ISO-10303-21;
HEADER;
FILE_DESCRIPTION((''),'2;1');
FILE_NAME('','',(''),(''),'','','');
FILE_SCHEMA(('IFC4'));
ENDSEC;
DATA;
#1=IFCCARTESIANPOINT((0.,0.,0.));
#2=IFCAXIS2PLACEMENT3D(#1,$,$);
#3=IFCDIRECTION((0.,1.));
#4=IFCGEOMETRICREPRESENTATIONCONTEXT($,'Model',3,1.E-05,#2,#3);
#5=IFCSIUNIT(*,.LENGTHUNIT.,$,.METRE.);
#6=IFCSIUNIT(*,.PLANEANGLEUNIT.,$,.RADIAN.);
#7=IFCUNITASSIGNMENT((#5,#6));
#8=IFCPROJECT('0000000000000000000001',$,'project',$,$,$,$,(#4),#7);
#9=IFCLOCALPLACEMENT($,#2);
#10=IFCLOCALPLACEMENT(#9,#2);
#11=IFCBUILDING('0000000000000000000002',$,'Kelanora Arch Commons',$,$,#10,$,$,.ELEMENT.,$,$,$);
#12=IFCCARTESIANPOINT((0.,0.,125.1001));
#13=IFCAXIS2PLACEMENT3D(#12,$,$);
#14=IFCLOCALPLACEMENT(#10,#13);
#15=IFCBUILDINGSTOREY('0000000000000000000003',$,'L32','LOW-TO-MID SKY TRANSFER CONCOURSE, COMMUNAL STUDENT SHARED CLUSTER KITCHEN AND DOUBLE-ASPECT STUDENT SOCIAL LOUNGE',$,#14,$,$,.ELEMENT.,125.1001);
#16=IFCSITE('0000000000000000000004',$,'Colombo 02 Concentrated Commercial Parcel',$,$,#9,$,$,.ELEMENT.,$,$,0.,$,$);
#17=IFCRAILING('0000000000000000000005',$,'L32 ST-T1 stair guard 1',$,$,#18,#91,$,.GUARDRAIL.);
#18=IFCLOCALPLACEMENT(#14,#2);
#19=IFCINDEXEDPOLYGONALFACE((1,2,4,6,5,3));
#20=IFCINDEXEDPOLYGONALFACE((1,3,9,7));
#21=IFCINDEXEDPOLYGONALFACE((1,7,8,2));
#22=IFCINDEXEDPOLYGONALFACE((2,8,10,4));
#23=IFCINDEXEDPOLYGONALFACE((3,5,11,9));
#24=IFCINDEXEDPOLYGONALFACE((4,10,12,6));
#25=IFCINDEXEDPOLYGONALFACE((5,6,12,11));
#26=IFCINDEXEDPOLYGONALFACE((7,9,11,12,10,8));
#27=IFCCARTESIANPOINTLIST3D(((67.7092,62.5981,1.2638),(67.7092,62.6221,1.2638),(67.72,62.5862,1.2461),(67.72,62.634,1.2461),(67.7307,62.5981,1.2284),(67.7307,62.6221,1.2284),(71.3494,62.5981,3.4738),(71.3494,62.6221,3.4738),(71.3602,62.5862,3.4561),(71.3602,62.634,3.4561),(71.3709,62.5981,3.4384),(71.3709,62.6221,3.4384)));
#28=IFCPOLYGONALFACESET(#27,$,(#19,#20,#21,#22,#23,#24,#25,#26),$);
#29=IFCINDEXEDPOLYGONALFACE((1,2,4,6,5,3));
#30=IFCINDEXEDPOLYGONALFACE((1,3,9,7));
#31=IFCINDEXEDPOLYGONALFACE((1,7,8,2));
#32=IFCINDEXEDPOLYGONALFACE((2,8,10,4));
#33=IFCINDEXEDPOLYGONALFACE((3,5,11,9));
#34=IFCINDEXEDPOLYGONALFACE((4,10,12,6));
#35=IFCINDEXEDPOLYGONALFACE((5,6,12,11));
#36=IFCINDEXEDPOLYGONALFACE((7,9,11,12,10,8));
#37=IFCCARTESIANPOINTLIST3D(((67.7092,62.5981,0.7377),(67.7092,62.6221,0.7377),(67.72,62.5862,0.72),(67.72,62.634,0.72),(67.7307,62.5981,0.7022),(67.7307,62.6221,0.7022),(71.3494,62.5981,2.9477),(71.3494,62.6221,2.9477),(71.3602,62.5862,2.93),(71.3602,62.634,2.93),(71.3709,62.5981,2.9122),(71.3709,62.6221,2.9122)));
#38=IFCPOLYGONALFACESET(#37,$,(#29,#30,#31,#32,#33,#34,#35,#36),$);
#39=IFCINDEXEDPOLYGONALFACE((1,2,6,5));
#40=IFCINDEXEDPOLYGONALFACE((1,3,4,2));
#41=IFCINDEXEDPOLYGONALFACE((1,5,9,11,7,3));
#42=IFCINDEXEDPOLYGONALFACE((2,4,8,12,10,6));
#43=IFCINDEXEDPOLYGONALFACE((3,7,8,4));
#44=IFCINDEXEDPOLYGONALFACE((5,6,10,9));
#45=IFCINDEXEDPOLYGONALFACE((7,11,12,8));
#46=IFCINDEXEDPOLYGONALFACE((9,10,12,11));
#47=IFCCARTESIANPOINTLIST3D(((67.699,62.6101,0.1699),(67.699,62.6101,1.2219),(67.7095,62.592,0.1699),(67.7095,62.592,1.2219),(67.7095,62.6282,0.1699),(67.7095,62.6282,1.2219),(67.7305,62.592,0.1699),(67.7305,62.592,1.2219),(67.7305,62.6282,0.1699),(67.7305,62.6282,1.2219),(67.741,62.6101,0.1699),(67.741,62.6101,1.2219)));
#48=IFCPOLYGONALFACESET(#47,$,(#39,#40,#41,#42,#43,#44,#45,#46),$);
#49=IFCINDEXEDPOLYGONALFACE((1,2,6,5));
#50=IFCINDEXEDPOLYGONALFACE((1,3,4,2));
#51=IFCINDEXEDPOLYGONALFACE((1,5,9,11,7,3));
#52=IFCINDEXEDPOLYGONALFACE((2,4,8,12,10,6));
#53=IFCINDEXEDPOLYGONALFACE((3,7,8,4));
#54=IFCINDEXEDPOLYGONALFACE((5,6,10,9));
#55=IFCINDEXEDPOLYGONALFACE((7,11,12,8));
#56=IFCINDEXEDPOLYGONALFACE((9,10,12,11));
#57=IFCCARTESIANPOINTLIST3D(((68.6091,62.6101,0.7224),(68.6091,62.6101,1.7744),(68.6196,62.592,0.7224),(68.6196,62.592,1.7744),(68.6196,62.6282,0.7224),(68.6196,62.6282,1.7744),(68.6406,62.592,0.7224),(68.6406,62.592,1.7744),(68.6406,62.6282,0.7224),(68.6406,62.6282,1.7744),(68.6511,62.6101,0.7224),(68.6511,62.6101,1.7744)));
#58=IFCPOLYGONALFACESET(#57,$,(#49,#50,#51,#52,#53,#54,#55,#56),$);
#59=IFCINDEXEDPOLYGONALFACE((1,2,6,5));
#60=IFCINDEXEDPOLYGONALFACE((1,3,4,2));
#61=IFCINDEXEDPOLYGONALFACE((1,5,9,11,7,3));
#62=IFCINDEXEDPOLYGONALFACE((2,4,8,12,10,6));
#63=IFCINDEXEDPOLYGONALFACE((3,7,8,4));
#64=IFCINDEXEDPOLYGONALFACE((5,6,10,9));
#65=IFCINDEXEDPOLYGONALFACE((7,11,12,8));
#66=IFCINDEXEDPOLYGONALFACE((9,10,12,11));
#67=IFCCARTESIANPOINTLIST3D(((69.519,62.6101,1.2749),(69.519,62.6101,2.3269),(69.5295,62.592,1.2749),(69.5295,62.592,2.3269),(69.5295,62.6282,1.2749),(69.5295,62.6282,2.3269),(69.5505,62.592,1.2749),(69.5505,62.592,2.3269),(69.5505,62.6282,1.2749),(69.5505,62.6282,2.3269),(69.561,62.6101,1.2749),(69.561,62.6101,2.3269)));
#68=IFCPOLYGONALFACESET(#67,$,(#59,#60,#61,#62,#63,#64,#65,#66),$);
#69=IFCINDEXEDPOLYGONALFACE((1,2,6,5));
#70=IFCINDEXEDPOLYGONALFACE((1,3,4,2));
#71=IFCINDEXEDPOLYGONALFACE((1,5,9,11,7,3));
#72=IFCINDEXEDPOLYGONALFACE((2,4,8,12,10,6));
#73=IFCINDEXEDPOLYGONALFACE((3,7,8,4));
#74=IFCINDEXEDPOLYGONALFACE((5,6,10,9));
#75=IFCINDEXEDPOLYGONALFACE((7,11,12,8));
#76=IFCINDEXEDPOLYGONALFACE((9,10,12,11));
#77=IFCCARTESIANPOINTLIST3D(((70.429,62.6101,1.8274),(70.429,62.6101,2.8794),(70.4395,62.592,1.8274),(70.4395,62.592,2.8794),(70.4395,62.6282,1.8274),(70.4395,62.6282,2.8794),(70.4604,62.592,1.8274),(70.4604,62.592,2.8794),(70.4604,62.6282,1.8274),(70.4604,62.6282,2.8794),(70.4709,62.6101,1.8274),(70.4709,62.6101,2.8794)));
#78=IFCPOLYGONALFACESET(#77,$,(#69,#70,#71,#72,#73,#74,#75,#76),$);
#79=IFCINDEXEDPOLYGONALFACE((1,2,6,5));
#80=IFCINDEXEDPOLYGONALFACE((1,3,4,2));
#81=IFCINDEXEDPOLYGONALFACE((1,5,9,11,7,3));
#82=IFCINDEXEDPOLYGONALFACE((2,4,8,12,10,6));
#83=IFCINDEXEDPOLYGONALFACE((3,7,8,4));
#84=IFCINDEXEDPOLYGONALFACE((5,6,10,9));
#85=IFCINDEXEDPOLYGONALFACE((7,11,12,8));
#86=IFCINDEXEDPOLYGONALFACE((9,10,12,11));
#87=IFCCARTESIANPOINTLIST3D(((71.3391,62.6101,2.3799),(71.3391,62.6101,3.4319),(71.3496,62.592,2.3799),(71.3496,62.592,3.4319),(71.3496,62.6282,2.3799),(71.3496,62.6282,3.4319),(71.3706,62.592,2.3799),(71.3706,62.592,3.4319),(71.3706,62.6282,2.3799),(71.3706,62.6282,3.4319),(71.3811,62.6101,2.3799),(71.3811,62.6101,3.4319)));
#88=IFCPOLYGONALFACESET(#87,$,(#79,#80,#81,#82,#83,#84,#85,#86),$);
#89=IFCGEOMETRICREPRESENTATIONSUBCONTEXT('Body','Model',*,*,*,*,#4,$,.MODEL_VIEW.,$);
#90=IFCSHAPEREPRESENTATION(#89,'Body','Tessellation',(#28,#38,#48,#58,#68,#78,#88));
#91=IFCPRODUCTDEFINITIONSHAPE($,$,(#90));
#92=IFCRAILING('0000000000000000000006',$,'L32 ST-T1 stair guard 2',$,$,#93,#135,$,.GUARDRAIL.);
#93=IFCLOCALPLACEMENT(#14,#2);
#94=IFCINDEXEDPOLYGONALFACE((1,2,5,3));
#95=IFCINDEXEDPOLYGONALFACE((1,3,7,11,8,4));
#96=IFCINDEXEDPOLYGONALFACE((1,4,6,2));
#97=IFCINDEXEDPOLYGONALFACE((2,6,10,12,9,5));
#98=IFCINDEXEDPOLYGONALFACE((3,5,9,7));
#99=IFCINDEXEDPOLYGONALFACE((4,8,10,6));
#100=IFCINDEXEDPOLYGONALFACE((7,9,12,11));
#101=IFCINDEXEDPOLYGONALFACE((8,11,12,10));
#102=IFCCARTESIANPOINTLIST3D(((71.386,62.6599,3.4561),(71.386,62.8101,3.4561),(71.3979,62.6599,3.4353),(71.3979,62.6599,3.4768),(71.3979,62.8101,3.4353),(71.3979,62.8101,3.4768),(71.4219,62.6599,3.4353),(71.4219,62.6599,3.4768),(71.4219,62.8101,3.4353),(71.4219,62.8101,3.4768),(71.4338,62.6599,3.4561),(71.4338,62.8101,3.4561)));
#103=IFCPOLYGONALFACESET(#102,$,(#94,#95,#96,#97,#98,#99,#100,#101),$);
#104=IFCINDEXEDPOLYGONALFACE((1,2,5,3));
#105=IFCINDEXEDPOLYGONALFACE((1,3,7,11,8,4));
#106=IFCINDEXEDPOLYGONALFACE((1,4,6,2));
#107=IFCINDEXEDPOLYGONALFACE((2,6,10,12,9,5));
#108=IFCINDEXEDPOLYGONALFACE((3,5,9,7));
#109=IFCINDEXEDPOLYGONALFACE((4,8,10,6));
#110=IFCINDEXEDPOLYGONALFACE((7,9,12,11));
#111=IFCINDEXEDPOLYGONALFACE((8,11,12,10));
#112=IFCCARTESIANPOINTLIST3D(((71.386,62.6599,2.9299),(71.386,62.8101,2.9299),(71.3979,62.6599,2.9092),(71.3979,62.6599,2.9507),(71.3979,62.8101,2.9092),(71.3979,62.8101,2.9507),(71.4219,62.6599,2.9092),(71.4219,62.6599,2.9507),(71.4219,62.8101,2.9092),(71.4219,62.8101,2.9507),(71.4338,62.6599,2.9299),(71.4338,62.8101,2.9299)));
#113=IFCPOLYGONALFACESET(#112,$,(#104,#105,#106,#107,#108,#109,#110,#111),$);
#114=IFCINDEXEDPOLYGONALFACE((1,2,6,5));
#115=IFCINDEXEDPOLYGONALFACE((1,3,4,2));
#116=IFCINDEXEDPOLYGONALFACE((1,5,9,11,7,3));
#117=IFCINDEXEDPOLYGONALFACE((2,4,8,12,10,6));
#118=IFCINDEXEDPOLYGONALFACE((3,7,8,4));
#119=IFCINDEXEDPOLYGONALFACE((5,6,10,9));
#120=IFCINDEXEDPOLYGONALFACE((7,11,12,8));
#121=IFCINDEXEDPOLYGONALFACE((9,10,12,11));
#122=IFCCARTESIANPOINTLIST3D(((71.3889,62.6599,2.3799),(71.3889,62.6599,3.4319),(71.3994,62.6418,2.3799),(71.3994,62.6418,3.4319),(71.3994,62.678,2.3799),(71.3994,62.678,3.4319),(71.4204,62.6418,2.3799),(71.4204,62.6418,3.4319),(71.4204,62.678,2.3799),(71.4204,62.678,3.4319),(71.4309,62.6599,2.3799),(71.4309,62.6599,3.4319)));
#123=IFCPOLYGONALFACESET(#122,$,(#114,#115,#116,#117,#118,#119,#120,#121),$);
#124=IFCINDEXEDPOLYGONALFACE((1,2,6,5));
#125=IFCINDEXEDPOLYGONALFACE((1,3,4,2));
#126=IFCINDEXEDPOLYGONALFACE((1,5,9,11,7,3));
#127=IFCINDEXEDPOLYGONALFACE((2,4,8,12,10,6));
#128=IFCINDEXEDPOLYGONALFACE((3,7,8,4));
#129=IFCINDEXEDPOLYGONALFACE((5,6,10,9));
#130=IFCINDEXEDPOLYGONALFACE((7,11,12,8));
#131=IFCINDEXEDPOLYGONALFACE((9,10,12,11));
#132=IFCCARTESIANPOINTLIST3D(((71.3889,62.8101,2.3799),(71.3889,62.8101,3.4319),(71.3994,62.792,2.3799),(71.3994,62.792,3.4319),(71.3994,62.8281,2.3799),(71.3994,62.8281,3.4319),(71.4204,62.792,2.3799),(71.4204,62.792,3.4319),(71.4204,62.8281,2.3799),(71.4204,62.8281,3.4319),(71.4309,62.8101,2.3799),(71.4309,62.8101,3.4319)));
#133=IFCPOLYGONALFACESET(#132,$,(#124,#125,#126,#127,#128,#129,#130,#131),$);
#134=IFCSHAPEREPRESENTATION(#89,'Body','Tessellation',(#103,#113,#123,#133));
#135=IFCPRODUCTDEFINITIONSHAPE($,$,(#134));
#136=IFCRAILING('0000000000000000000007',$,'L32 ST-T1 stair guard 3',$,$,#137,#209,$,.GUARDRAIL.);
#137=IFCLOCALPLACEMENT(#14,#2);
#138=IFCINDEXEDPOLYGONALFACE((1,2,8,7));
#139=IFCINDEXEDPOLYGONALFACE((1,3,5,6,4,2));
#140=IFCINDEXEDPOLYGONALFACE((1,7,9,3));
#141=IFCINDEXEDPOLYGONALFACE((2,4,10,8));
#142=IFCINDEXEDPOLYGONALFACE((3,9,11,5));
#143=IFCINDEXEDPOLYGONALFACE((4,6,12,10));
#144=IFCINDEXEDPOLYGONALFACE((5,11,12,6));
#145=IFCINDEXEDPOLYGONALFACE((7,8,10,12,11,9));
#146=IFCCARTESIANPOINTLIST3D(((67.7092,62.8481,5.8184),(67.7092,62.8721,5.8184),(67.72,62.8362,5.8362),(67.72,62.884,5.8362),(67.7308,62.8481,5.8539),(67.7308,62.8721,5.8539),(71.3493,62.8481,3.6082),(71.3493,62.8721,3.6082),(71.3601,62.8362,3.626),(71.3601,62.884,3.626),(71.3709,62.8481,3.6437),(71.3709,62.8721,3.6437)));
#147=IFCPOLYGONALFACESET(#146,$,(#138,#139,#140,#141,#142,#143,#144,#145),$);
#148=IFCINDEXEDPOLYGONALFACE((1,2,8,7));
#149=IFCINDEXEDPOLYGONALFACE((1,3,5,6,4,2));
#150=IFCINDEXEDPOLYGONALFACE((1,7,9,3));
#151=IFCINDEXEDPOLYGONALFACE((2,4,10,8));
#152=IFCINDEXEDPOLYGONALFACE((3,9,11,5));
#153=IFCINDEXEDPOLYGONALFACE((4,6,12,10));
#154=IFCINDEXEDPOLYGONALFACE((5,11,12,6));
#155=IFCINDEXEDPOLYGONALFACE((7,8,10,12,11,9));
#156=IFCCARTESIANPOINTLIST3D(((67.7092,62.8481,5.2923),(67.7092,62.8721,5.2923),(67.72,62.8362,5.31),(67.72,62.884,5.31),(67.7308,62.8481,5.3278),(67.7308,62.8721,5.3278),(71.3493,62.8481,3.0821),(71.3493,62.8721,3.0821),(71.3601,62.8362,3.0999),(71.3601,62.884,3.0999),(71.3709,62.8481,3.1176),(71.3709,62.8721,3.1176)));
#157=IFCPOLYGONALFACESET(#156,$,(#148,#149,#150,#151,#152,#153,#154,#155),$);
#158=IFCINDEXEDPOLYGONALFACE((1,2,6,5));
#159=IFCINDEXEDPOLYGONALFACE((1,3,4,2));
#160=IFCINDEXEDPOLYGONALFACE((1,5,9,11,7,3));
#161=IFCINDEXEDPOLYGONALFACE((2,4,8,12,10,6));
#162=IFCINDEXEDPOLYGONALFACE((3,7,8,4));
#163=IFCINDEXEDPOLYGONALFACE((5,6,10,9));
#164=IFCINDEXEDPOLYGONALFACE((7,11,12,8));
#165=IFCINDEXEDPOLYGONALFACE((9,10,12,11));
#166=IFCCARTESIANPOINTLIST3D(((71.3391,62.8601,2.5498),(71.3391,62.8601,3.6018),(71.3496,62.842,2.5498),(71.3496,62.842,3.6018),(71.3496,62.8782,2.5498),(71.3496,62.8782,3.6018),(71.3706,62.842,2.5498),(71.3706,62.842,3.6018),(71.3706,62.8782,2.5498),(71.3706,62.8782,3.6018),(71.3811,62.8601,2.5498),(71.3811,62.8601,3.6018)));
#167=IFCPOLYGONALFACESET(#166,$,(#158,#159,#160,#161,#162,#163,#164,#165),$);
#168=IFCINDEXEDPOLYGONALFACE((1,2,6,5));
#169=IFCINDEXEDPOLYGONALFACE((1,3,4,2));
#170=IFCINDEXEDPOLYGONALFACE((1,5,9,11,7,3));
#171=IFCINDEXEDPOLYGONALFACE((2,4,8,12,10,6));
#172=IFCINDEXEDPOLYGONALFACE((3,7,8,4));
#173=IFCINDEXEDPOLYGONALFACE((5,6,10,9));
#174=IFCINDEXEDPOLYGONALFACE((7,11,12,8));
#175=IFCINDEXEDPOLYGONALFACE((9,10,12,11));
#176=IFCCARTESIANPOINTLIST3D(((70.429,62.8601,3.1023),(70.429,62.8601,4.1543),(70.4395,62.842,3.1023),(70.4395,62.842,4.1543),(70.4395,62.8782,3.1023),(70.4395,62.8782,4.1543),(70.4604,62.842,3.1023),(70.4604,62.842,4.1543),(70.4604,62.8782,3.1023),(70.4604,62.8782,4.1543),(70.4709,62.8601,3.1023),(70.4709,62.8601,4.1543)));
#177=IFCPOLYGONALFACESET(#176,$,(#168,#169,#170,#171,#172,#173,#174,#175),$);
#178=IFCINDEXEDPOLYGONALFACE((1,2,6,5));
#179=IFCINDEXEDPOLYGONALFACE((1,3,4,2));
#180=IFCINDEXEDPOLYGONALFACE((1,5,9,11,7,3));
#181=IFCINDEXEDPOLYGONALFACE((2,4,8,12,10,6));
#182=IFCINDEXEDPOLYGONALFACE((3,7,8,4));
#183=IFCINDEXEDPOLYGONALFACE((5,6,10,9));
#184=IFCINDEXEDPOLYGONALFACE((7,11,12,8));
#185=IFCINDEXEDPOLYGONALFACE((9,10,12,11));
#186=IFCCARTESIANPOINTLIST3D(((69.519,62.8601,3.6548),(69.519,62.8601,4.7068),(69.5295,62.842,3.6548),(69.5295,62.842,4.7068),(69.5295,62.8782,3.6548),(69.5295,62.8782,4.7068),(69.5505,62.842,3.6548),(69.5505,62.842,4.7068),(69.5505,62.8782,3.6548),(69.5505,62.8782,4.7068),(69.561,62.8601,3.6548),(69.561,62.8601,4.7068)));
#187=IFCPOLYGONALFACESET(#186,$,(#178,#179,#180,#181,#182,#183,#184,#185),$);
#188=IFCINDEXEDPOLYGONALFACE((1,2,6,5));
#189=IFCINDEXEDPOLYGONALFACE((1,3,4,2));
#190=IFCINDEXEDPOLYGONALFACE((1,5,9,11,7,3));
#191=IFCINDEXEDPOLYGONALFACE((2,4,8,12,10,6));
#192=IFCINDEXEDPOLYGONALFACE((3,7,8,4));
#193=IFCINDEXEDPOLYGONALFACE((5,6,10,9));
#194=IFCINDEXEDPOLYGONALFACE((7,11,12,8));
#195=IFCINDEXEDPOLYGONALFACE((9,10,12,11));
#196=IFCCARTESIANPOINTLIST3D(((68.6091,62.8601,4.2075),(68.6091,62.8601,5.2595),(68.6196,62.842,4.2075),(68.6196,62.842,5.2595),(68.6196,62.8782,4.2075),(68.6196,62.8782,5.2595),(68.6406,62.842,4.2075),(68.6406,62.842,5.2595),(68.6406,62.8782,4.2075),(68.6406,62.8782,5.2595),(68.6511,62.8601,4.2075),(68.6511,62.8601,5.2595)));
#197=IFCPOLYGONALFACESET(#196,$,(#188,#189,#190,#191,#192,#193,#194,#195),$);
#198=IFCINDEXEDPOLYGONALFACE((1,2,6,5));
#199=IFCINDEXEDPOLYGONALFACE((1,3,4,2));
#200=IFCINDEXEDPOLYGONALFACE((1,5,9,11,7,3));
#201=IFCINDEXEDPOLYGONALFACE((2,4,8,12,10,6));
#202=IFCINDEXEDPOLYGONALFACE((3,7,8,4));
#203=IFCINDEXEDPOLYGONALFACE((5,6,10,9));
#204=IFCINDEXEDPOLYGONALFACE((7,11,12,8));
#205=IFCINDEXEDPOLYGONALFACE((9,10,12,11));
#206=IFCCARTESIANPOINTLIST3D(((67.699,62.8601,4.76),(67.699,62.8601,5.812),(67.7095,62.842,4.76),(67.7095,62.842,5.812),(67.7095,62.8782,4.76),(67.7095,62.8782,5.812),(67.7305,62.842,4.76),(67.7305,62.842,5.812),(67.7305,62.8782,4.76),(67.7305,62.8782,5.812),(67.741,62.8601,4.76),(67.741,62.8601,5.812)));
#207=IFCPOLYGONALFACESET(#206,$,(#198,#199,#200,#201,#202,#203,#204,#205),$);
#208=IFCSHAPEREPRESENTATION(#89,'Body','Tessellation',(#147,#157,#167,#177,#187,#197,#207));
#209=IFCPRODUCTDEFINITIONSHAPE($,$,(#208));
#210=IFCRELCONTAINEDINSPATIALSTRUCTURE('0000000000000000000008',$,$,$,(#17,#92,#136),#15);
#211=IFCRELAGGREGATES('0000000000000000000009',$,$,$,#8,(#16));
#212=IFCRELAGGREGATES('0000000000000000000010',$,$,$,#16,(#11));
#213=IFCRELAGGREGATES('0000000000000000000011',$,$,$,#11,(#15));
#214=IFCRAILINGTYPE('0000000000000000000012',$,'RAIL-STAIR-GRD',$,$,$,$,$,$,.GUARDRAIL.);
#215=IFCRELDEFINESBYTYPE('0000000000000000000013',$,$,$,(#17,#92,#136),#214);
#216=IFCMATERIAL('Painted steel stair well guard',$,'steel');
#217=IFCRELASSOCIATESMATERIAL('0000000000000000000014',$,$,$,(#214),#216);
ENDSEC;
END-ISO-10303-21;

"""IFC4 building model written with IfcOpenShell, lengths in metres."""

from ifc_helpers import new_model, si_unit, direction, frame, origin, place, context, subcontext, project, spatial, polyline, outline, extrude, material, type_object, element, save


model = new_model("IFC4")

# Units and contexts
model_context = context("Model", 3, precision=1e-05, world=origin(), true_north=direction((0.0, 1.0)))
body_context = subcontext(model_context, "Body", "Model", "MODEL_VIEW")
ifc_project = project(units=[si_unit("LENGTHUNIT", "METRE"), si_unit("PLANEANGLEUNIT", "RADIAN")], contexts=[model_context])

# Site, building, storey
site_placement = place(None, origin())
site = spatial("IfcSite", under=ifc_project, at=site_placement, Name="Colombo 02 Concentrated Commercial Parcel", CompositionType="ELEMENT", RefElevation=0.0)
building_placement = place(site_placement, origin())
building = spatial("IfcBuilding", under=site, at=building_placement, Name="Kelanora Arch Commons", CompositionType="ELEMENT")
storey_placement = place(building_placement, frame((0.0, 0.0, 125.1001)))
storey = spatial("IfcBuildingStorey", under=building, at=storey_placement, Name="L32", Description="LOW-TO-MID SKY TRANSFER CONCOURSE, COMMUNAL STUDENT SHARED CLUSTER KITCHEN AND DOUBLE-ASPECT STUDENT SOCIAL LOUNGE", CompositionType="ELEMENT", Elevation=125.1001)

# Railings
ifc_material_1 = material(Name="Painted steel stair well guard", Category="steel")
railing_type_1 = type_object("IfcRailingType", Name="RAIL-STAIR-GRD", PredefinedType="GUARDRAIL", material=ifc_material_1)
railing_1_placement = place(storey_placement, frame((67.72, 62.6101, 0.1699)))
element("IfcRailing", 1, at=railing_1_placement, inside=storey, type_object=railing_type_1, Name="L32 ST-T1 stair guard 1", PredefinedType="GUARDRAIL", context=body_context, shape_type="SweptSolid", body=[
    extrude(outline(polyline([(0.0239, 0.0), (0.012, 0.0208), (-0.012, 0.0208), (-0.0239, 0.0), (-0.012, -0.0208), (0.012, -0.0208), (0.0239, 0.0)])), frame((0.0, 0.0, 1.0762), z_axis=(0.8548, 0.0, 0.518957), x_axis=(0.0, 1.0, 0.0)), (0.0, 0.0, 1.0), 4.2585),
    extrude(outline(polyline([(0.0239, 0.0), (0.012, 0.0208), (-0.012, 0.0208), (-0.0239, 0.0), (-0.012, -0.0208), (0.012, -0.0208), (0.0239, 0.0)])), frame((0.0, 0.0, 0.55), z_axis=(0.8548, 0.0, 0.518957), x_axis=(0.0, 1.0, 0.0)), (0.0, 0.0, 1.0), 4.2585),
    extrude(outline(polyline([(0.021, 0.0), (0.0105, 0.0181), (-0.0105, 0.0181), (-0.021, 0.0), (-0.0105, -0.0181), (0.0105, -0.0181), (0.021, 0.0)])), origin(), (0.0, 0.0, 1.0), 1.052),
    extrude(outline(polyline([(0.021, 0.0), (0.0105, 0.0181), (-0.0105, 0.0181), (-0.021, 0.0), (-0.0105, -0.0181), (0.0105, -0.0181), (0.021, 0.0)])), frame((0.9102, 0.0, 0.5525)), (0.0, 0.0, 1.0), 1.052),
    extrude(outline(polyline([(0.021, 0.0), (0.0105, 0.0181), (-0.0105, 0.0181), (-0.021, 0.0), (-0.0105, -0.0181), (0.0105, -0.0181), (0.021, 0.0)])), frame((1.8201, 0.0, 1.105)), (0.0, 0.0, 1.0), 1.052),
    extrude(outline(polyline([(0.021, 0.0), (0.0105, 0.0181), (-0.0105, 0.0181), (-0.021, 0.0), (-0.0105, -0.0181), (0.0105, -0.0181), (0.021, 0.0)])), frame((2.73, 0.0, 1.6575)), (0.0, 0.0, 1.0), 1.052),
    extrude(outline(polyline([(0.021, 0.0), (0.0105, 0.0181), (-0.0105, 0.0181), (-0.021, 0.0), (-0.0105, -0.0181), (0.0105, -0.0181), (0.021, 0.0)])), frame((3.6401, 0.0, 2.21)), (0.0, 0.0, 1.0), 1.052),
])
railing_2_placement = place(storey_placement, frame((71.4099, 62.6599, 2.3799)))
element("IfcRailing", 2, at=railing_2_placement, inside=storey, type_object=railing_type_1, Name="L32 ST-T1 stair guard 2", PredefinedType="GUARDRAIL", context=body_context, shape_type="SweptSolid", body=[
    extrude(outline(polyline([(0.0239, 0.0), (0.012, 0.0208), (-0.012, 0.0208), (-0.0239, 0.0), (-0.012, -0.0208), (0.012, -0.0208), (0.0239, 0.0)])), frame((0.0, 0.0, 1.0762), z_axis=(0.0, 1.0, 0.0), x_axis=(-1.0, 0.0, 0.0)), (0.0, 0.0, 1.0), 0.1501),
    extrude(outline(polyline([(0.0239, 0.0), (0.012, 0.0208), (-0.012, 0.0208), (-0.0239, 0.0), (-0.012, -0.0208), (0.012, -0.0208), (0.0239, 0.0)])), frame((0.0, 0.0, 0.55), z_axis=(0.0, 1.0, 0.0), x_axis=(-1.0, 0.0, 0.0)), (0.0, 0.0, 1.0), 0.1501),
    extrude(outline(polyline([(0.021, 0.0), (0.0105, 0.0181), (-0.0105, 0.0181), (-0.021, 0.0), (-0.0105, -0.0181), (0.0105, -0.0181), (0.021, 0.0)])), origin(), (0.0, 0.0, 1.0), 1.052),
    extrude(outline(polyline([(0.021, 0.0), (0.0105, 0.0181), (-0.0105, 0.0181), (-0.021, 0.0), (-0.0105, -0.0181), (0.0105, -0.0181), (0.021, 0.0)])), frame((0.0, 0.1501, 0.0)), (0.0, 0.0, 1.0), 1.052),
])
railing_3_placement = place(storey_placement, frame((71.3601, 62.8601, 2.5498)))
element("IfcRailing", 3, at=railing_3_placement, inside=storey, type_object=railing_type_1, Name="L32 ST-T1 stair guard 3", PredefinedType="GUARDRAIL", context=body_context, shape_type="SweptSolid", body=[
    extrude(outline(polyline([(0.0239, 0.0), (0.012, 0.0208), (-0.012, 0.0208), (-0.0239, 0.0), (-0.012, -0.0208), (0.012, -0.0208), (0.0239, 0.0)])), frame((0.0, 0.0, 1.0762), z_axis=(-0.854775, 0.0, 0.518999), x_axis=(0.0, -1.0, 0.0)), (0.0, 0.0, 1.0), 4.2585),
    extrude(outline(polyline([(0.0239, 0.0), (0.012, 0.0208), (-0.012, 0.0208), (-0.0239, 0.0), (-0.012, -0.0208), (0.012, -0.0208), (0.0239, 0.0)])), frame((0.0, 0.0, 0.55), z_axis=(-0.854775, 0.0, 0.518999), x_axis=(0.0, -1.0, 0.0)), (0.0, 0.0, 1.0), 4.2585),
    extrude(outline(polyline([(0.021, 0.0), (0.0105, 0.0181), (-0.0105, 0.0181), (-0.021, 0.0), (-0.0105, -0.0181), (0.0105, -0.0181), (0.021, 0.0)])), origin(), (0.0, 0.0, 1.0), 1.052),
    extrude(outline(polyline([(0.021, 0.0), (0.0105, 0.0181), (-0.0105, 0.0181), (-0.021, 0.0), (-0.0105, -0.0181), (0.0105, -0.0181), (0.021, 0.0)])), frame((-0.9102, 0.0, 0.5525)), (0.0, 0.0, 1.0), 1.052),
    extrude(outline(polyline([(0.021, 0.0), (0.0105, 0.0181), (-0.0105, 0.0181), (-0.021, 0.0), (-0.0105, -0.0181), (0.0105, -0.0181), (0.021, 0.0)])), frame((-1.8201, 0.0, 1.105)), (0.0, 0.0, 1.0), 1.052),
    extrude(outline(polyline([(0.021, 0.0), (0.0105, 0.0181), (-0.0105, 0.0181), (-0.021, 0.0), (-0.0105, -0.0181), (0.0105, -0.0181), (0.021, 0.0)])), frame((-2.73, 0.0, 1.6577)), (0.0, 0.0, 1.0), 1.052),
    extrude(outline(polyline([(0.021, 0.0), (0.0105, 0.0181), (-0.0105, 0.0181), (-0.021, 0.0), (-0.0105, -0.0181), (0.0105, -0.0181), (0.021, 0.0)])), frame((-3.6401, 0.0, 2.2102)), (0.0, 0.0, 1.0), 1.052),
])

save(model, "model.ifc")
